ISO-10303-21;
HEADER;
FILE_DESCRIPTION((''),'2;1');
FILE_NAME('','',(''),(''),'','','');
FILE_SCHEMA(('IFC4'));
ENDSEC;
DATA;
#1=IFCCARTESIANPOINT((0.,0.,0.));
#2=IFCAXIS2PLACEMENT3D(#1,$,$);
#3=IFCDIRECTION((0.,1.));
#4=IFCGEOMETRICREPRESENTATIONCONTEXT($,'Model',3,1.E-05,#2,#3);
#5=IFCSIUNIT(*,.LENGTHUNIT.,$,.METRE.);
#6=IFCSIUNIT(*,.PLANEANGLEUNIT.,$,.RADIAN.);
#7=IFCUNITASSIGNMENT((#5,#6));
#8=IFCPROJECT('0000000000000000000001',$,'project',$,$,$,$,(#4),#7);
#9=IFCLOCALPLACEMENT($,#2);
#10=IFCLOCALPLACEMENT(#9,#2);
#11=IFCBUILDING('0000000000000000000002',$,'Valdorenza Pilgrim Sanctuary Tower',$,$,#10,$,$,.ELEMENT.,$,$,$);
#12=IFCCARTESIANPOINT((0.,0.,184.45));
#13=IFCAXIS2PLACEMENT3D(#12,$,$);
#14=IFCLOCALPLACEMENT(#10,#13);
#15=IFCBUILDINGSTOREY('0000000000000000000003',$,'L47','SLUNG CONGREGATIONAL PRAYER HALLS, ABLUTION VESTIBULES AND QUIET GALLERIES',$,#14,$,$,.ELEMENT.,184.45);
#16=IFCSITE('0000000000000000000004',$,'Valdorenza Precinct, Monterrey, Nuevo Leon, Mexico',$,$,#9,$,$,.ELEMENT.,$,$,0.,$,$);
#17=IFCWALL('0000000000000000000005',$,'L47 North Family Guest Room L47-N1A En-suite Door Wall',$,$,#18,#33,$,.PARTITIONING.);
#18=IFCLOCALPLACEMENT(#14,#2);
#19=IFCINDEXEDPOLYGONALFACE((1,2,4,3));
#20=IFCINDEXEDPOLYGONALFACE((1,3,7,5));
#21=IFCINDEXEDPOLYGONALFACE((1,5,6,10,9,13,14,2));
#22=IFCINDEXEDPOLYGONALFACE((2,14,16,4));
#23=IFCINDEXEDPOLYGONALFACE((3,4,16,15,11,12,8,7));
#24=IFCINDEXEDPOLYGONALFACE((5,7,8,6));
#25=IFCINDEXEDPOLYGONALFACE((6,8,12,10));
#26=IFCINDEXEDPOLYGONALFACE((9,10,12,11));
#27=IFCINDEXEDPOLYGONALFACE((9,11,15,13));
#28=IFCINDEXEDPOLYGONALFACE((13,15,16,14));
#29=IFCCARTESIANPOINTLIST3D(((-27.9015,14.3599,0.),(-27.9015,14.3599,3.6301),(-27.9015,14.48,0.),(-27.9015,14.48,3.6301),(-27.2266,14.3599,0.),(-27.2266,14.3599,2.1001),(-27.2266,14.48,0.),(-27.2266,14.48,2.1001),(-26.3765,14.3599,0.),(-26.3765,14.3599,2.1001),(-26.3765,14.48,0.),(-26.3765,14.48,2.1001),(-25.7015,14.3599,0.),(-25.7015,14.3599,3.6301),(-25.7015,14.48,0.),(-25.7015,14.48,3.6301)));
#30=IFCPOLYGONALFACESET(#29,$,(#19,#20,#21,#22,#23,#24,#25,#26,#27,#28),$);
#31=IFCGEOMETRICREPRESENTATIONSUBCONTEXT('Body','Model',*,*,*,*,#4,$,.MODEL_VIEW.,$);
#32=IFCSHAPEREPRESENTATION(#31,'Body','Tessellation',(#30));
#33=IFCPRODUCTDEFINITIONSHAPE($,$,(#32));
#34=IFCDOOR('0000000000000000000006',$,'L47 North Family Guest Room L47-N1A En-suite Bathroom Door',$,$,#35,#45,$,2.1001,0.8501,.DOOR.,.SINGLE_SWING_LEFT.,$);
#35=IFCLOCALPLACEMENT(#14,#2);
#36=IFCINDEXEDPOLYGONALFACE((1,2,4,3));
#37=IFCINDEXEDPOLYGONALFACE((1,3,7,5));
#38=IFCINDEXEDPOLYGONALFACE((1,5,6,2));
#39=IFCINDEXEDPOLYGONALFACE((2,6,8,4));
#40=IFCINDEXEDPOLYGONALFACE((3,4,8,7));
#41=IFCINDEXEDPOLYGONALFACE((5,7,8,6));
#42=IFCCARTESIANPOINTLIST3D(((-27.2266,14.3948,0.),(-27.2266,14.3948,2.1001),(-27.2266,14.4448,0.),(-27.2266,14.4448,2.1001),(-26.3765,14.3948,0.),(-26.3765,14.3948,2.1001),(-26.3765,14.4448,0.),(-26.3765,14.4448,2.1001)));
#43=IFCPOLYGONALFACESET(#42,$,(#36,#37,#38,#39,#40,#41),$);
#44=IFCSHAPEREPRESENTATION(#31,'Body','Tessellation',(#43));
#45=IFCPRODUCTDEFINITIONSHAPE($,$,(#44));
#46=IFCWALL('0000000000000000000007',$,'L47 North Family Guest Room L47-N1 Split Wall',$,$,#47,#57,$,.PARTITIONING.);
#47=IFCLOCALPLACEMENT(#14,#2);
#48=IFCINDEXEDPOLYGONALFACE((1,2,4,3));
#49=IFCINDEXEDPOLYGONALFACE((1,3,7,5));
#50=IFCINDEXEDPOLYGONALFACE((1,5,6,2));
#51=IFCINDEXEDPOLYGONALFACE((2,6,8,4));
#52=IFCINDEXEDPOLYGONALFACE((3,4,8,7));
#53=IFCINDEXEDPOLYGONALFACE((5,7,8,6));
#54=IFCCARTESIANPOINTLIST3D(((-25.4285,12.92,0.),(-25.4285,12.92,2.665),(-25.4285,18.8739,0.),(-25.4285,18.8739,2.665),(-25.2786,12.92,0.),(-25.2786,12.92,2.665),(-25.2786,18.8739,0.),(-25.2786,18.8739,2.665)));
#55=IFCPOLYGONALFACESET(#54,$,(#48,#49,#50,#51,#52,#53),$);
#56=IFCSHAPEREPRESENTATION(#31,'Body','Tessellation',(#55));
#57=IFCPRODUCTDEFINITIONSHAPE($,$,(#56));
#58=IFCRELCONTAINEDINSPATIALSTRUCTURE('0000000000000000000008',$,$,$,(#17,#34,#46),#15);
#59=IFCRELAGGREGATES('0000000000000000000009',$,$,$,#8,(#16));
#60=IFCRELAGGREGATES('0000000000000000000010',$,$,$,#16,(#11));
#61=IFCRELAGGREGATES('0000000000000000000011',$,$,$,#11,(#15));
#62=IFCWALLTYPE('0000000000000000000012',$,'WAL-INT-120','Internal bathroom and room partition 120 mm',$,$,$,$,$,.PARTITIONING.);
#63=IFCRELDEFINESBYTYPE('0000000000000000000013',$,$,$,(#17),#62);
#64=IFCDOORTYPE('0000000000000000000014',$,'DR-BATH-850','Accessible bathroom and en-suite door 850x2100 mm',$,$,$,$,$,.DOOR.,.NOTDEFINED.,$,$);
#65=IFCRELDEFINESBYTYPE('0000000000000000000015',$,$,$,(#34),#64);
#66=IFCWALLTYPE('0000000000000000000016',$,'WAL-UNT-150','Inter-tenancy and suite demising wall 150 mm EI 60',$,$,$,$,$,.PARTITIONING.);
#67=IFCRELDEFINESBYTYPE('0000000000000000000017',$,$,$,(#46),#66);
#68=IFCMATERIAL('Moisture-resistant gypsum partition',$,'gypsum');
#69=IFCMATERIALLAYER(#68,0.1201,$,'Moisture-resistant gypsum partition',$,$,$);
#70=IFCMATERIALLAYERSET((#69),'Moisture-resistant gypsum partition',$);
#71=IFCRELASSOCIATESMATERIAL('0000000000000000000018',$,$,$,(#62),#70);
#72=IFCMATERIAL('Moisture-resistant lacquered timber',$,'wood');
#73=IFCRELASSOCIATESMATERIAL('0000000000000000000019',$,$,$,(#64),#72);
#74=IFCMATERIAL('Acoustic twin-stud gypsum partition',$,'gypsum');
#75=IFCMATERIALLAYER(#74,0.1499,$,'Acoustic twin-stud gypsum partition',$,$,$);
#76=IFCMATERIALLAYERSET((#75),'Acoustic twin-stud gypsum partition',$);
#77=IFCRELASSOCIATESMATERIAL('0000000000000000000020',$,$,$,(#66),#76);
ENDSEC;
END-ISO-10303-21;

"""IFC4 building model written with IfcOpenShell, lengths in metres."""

from ifc_helpers import new_model, si_unit, direction, frame, frame_2d, origin, place, context, subcontext, project, spatial, rectangle, extrude, material, layer, layer_set, type_object, element, fill, save


model = new_model("IFC4")

# Units and contexts
model_context = context("Model", 3, precision=1e-05, world=origin(), true_north=direction((0.0, 1.0)))
body_context = subcontext(model_context, "Body", "Model", "MODEL_VIEW")
ifc_project = project(units=[si_unit("LENGTHUNIT", "METRE"), si_unit("PLANEANGLEUNIT", "RADIAN")], contexts=[model_context])

# Site, building, storey
site_placement = place(None, origin())
site = spatial("IfcSite", under=ifc_project, at=site_placement, Name="Valdorenza Precinct, Monterrey, Nuevo Leon, Mexico", CompositionType="ELEMENT", RefElevation=0.0)
building_placement = place(site_placement, origin())
building = spatial("IfcBuilding", under=site, at=building_placement, Name="Valdorenza Pilgrim Sanctuary Tower", CompositionType="ELEMENT")
storey_placement = place(building_placement, frame((0.0, 0.0, 184.45)))
storey = spatial("IfcBuildingStorey", under=building, at=storey_placement, Name="L47", Description="SLUNG CONGREGATIONAL PRAYER HALLS, ABLUTION VESTIBULES AND QUIET GALLERIES", CompositionType="ELEMENT", Elevation=184.45)

# Shared definitions
ifc_material_1 = material(Name="Acoustic twin-stud gypsum partition", Category="gypsum")

# Shared definitions
ifc_material_2 = material(Name="Moisture-resistant gypsum partition", Category="gypsum")
ifc_layer_1 = layer(ifc_material_2, 0.1201, Name="Moisture-resistant gypsum partition")
ifc_layer_set_1 = layer_set([ifc_layer_1], Name="Moisture-resistant gypsum partition")
wall_type_1 = type_object("IfcWallType", Name="WAL-INT-120", Description="Internal bathroom and room partition 120 mm", PredefinedType="PARTITIONING", material=ifc_layer_set_1)

# Wall, opening, door
wall_1_placement = place(storey_placement, frame((-27.9016, 14.4199, 0.0), z_axis=(0.0, 0.0, 1.0), x_axis=(1.0, 0.0, 0.0)))
wall_1 = element("IfcWall", 1, at=wall_1_placement, inside=storey, type_object=wall_type_1, Name="L47 North Family Guest Room L47-N1A En-suite Door Wall", PredefinedType="PARTITIONING", context=body_context, shape_type="SweptSolid", body=[
    extrude(rectangle(XDim=2.2, YDim=0.1201, at=frame_2d((1.1001, 0.0))), origin(), (0.0, 0.0, 1.0), 3.6301),
])
opening_1_placement = place(wall_1_placement, frame((0.675, 0.0, 0.0)))
opening_1 = element("IfcOpeningElement", 2, at=opening_1_placement, cuts=wall_1, PredefinedType="OPENING", context=body_context, shape_type="SweptSolid", body=[
    extrude(rectangle(XDim=0.8501, YDim=2.1001, at=frame_2d((0.425, 1.05))), frame((0.0, 0.075, 0.0), z_axis=(0.0, -1.0, 0.0), x_axis=(1.0, 0.0, 0.0)), (0.0, 0.0, 1.0), 0.1499),
])
ifc_material_3 = material(Name="Moisture-resistant lacquered timber", Category="wood")
door_type_1 = type_object("IfcDoorType", Name="DR-BATH-850", Description="Accessible bathroom and en-suite door 850x2100 mm", OperationType="NOTDEFINED", PredefinedType="DOOR", material=ifc_material_3)
door_1_placement = place(opening_1_placement, origin())
door_1 = element("IfcDoor", 3, at=door_1_placement, inside=storey, type_object=door_type_1, Name="L47 North Family Guest Room L47-N1A En-suite Bathroom Door", OperationType="SINGLE_SWING_LEFT", OverallHeight=2.1001, OverallWidth=0.8501, PredefinedType="DOOR", context=body_context, shape_type="SweptSolid", body=[
    extrude(rectangle(XDim=0.8501, YDim=2.1001, at=frame_2d((0.425, 1.05))), frame((0.0, 0.0249, 0.0), z_axis=(0.0, -1.0, 0.0), x_axis=(1.0, 0.0, 0.0)), (0.0, 0.0, 1.0), 0.05),
])
fill(opening_1, door_1)

# Wall
ifc_layer_2 = layer(ifc_material_1, 0.1499, Name="Acoustic twin-stud gypsum partition")
ifc_layer_set_2 = layer_set([ifc_layer_2], Name="Acoustic twin-stud gypsum partition")
wall_type_2 = type_object("IfcWallType", Name="WAL-UNT-150", Description="Inter-tenancy and suite demising wall 150 mm EI 60", PredefinedType="PARTITIONING", material=ifc_layer_set_2)
wall_2_placement = place(storey_placement, frame((-25.3535, 12.9199, 0.0), z_axis=(0.0, 0.0, 1.0), x_axis=(0.0, 1.0, 0.0)))
element("IfcWall", 4, at=wall_2_placement, inside=storey, type_object=wall_type_2, Name="L47 North Family Guest Room L47-N1 Split Wall", PredefinedType="PARTITIONING", context=body_context, shape_type="SweptSolid", body=[
    extrude(rectangle(XDim=5.9539, YDim=0.1499, at=frame_2d((2.9771, 0.0))), origin(), (0.0, 0.0, 1.0), 2.665),
])

save(model, "model.ifc")
